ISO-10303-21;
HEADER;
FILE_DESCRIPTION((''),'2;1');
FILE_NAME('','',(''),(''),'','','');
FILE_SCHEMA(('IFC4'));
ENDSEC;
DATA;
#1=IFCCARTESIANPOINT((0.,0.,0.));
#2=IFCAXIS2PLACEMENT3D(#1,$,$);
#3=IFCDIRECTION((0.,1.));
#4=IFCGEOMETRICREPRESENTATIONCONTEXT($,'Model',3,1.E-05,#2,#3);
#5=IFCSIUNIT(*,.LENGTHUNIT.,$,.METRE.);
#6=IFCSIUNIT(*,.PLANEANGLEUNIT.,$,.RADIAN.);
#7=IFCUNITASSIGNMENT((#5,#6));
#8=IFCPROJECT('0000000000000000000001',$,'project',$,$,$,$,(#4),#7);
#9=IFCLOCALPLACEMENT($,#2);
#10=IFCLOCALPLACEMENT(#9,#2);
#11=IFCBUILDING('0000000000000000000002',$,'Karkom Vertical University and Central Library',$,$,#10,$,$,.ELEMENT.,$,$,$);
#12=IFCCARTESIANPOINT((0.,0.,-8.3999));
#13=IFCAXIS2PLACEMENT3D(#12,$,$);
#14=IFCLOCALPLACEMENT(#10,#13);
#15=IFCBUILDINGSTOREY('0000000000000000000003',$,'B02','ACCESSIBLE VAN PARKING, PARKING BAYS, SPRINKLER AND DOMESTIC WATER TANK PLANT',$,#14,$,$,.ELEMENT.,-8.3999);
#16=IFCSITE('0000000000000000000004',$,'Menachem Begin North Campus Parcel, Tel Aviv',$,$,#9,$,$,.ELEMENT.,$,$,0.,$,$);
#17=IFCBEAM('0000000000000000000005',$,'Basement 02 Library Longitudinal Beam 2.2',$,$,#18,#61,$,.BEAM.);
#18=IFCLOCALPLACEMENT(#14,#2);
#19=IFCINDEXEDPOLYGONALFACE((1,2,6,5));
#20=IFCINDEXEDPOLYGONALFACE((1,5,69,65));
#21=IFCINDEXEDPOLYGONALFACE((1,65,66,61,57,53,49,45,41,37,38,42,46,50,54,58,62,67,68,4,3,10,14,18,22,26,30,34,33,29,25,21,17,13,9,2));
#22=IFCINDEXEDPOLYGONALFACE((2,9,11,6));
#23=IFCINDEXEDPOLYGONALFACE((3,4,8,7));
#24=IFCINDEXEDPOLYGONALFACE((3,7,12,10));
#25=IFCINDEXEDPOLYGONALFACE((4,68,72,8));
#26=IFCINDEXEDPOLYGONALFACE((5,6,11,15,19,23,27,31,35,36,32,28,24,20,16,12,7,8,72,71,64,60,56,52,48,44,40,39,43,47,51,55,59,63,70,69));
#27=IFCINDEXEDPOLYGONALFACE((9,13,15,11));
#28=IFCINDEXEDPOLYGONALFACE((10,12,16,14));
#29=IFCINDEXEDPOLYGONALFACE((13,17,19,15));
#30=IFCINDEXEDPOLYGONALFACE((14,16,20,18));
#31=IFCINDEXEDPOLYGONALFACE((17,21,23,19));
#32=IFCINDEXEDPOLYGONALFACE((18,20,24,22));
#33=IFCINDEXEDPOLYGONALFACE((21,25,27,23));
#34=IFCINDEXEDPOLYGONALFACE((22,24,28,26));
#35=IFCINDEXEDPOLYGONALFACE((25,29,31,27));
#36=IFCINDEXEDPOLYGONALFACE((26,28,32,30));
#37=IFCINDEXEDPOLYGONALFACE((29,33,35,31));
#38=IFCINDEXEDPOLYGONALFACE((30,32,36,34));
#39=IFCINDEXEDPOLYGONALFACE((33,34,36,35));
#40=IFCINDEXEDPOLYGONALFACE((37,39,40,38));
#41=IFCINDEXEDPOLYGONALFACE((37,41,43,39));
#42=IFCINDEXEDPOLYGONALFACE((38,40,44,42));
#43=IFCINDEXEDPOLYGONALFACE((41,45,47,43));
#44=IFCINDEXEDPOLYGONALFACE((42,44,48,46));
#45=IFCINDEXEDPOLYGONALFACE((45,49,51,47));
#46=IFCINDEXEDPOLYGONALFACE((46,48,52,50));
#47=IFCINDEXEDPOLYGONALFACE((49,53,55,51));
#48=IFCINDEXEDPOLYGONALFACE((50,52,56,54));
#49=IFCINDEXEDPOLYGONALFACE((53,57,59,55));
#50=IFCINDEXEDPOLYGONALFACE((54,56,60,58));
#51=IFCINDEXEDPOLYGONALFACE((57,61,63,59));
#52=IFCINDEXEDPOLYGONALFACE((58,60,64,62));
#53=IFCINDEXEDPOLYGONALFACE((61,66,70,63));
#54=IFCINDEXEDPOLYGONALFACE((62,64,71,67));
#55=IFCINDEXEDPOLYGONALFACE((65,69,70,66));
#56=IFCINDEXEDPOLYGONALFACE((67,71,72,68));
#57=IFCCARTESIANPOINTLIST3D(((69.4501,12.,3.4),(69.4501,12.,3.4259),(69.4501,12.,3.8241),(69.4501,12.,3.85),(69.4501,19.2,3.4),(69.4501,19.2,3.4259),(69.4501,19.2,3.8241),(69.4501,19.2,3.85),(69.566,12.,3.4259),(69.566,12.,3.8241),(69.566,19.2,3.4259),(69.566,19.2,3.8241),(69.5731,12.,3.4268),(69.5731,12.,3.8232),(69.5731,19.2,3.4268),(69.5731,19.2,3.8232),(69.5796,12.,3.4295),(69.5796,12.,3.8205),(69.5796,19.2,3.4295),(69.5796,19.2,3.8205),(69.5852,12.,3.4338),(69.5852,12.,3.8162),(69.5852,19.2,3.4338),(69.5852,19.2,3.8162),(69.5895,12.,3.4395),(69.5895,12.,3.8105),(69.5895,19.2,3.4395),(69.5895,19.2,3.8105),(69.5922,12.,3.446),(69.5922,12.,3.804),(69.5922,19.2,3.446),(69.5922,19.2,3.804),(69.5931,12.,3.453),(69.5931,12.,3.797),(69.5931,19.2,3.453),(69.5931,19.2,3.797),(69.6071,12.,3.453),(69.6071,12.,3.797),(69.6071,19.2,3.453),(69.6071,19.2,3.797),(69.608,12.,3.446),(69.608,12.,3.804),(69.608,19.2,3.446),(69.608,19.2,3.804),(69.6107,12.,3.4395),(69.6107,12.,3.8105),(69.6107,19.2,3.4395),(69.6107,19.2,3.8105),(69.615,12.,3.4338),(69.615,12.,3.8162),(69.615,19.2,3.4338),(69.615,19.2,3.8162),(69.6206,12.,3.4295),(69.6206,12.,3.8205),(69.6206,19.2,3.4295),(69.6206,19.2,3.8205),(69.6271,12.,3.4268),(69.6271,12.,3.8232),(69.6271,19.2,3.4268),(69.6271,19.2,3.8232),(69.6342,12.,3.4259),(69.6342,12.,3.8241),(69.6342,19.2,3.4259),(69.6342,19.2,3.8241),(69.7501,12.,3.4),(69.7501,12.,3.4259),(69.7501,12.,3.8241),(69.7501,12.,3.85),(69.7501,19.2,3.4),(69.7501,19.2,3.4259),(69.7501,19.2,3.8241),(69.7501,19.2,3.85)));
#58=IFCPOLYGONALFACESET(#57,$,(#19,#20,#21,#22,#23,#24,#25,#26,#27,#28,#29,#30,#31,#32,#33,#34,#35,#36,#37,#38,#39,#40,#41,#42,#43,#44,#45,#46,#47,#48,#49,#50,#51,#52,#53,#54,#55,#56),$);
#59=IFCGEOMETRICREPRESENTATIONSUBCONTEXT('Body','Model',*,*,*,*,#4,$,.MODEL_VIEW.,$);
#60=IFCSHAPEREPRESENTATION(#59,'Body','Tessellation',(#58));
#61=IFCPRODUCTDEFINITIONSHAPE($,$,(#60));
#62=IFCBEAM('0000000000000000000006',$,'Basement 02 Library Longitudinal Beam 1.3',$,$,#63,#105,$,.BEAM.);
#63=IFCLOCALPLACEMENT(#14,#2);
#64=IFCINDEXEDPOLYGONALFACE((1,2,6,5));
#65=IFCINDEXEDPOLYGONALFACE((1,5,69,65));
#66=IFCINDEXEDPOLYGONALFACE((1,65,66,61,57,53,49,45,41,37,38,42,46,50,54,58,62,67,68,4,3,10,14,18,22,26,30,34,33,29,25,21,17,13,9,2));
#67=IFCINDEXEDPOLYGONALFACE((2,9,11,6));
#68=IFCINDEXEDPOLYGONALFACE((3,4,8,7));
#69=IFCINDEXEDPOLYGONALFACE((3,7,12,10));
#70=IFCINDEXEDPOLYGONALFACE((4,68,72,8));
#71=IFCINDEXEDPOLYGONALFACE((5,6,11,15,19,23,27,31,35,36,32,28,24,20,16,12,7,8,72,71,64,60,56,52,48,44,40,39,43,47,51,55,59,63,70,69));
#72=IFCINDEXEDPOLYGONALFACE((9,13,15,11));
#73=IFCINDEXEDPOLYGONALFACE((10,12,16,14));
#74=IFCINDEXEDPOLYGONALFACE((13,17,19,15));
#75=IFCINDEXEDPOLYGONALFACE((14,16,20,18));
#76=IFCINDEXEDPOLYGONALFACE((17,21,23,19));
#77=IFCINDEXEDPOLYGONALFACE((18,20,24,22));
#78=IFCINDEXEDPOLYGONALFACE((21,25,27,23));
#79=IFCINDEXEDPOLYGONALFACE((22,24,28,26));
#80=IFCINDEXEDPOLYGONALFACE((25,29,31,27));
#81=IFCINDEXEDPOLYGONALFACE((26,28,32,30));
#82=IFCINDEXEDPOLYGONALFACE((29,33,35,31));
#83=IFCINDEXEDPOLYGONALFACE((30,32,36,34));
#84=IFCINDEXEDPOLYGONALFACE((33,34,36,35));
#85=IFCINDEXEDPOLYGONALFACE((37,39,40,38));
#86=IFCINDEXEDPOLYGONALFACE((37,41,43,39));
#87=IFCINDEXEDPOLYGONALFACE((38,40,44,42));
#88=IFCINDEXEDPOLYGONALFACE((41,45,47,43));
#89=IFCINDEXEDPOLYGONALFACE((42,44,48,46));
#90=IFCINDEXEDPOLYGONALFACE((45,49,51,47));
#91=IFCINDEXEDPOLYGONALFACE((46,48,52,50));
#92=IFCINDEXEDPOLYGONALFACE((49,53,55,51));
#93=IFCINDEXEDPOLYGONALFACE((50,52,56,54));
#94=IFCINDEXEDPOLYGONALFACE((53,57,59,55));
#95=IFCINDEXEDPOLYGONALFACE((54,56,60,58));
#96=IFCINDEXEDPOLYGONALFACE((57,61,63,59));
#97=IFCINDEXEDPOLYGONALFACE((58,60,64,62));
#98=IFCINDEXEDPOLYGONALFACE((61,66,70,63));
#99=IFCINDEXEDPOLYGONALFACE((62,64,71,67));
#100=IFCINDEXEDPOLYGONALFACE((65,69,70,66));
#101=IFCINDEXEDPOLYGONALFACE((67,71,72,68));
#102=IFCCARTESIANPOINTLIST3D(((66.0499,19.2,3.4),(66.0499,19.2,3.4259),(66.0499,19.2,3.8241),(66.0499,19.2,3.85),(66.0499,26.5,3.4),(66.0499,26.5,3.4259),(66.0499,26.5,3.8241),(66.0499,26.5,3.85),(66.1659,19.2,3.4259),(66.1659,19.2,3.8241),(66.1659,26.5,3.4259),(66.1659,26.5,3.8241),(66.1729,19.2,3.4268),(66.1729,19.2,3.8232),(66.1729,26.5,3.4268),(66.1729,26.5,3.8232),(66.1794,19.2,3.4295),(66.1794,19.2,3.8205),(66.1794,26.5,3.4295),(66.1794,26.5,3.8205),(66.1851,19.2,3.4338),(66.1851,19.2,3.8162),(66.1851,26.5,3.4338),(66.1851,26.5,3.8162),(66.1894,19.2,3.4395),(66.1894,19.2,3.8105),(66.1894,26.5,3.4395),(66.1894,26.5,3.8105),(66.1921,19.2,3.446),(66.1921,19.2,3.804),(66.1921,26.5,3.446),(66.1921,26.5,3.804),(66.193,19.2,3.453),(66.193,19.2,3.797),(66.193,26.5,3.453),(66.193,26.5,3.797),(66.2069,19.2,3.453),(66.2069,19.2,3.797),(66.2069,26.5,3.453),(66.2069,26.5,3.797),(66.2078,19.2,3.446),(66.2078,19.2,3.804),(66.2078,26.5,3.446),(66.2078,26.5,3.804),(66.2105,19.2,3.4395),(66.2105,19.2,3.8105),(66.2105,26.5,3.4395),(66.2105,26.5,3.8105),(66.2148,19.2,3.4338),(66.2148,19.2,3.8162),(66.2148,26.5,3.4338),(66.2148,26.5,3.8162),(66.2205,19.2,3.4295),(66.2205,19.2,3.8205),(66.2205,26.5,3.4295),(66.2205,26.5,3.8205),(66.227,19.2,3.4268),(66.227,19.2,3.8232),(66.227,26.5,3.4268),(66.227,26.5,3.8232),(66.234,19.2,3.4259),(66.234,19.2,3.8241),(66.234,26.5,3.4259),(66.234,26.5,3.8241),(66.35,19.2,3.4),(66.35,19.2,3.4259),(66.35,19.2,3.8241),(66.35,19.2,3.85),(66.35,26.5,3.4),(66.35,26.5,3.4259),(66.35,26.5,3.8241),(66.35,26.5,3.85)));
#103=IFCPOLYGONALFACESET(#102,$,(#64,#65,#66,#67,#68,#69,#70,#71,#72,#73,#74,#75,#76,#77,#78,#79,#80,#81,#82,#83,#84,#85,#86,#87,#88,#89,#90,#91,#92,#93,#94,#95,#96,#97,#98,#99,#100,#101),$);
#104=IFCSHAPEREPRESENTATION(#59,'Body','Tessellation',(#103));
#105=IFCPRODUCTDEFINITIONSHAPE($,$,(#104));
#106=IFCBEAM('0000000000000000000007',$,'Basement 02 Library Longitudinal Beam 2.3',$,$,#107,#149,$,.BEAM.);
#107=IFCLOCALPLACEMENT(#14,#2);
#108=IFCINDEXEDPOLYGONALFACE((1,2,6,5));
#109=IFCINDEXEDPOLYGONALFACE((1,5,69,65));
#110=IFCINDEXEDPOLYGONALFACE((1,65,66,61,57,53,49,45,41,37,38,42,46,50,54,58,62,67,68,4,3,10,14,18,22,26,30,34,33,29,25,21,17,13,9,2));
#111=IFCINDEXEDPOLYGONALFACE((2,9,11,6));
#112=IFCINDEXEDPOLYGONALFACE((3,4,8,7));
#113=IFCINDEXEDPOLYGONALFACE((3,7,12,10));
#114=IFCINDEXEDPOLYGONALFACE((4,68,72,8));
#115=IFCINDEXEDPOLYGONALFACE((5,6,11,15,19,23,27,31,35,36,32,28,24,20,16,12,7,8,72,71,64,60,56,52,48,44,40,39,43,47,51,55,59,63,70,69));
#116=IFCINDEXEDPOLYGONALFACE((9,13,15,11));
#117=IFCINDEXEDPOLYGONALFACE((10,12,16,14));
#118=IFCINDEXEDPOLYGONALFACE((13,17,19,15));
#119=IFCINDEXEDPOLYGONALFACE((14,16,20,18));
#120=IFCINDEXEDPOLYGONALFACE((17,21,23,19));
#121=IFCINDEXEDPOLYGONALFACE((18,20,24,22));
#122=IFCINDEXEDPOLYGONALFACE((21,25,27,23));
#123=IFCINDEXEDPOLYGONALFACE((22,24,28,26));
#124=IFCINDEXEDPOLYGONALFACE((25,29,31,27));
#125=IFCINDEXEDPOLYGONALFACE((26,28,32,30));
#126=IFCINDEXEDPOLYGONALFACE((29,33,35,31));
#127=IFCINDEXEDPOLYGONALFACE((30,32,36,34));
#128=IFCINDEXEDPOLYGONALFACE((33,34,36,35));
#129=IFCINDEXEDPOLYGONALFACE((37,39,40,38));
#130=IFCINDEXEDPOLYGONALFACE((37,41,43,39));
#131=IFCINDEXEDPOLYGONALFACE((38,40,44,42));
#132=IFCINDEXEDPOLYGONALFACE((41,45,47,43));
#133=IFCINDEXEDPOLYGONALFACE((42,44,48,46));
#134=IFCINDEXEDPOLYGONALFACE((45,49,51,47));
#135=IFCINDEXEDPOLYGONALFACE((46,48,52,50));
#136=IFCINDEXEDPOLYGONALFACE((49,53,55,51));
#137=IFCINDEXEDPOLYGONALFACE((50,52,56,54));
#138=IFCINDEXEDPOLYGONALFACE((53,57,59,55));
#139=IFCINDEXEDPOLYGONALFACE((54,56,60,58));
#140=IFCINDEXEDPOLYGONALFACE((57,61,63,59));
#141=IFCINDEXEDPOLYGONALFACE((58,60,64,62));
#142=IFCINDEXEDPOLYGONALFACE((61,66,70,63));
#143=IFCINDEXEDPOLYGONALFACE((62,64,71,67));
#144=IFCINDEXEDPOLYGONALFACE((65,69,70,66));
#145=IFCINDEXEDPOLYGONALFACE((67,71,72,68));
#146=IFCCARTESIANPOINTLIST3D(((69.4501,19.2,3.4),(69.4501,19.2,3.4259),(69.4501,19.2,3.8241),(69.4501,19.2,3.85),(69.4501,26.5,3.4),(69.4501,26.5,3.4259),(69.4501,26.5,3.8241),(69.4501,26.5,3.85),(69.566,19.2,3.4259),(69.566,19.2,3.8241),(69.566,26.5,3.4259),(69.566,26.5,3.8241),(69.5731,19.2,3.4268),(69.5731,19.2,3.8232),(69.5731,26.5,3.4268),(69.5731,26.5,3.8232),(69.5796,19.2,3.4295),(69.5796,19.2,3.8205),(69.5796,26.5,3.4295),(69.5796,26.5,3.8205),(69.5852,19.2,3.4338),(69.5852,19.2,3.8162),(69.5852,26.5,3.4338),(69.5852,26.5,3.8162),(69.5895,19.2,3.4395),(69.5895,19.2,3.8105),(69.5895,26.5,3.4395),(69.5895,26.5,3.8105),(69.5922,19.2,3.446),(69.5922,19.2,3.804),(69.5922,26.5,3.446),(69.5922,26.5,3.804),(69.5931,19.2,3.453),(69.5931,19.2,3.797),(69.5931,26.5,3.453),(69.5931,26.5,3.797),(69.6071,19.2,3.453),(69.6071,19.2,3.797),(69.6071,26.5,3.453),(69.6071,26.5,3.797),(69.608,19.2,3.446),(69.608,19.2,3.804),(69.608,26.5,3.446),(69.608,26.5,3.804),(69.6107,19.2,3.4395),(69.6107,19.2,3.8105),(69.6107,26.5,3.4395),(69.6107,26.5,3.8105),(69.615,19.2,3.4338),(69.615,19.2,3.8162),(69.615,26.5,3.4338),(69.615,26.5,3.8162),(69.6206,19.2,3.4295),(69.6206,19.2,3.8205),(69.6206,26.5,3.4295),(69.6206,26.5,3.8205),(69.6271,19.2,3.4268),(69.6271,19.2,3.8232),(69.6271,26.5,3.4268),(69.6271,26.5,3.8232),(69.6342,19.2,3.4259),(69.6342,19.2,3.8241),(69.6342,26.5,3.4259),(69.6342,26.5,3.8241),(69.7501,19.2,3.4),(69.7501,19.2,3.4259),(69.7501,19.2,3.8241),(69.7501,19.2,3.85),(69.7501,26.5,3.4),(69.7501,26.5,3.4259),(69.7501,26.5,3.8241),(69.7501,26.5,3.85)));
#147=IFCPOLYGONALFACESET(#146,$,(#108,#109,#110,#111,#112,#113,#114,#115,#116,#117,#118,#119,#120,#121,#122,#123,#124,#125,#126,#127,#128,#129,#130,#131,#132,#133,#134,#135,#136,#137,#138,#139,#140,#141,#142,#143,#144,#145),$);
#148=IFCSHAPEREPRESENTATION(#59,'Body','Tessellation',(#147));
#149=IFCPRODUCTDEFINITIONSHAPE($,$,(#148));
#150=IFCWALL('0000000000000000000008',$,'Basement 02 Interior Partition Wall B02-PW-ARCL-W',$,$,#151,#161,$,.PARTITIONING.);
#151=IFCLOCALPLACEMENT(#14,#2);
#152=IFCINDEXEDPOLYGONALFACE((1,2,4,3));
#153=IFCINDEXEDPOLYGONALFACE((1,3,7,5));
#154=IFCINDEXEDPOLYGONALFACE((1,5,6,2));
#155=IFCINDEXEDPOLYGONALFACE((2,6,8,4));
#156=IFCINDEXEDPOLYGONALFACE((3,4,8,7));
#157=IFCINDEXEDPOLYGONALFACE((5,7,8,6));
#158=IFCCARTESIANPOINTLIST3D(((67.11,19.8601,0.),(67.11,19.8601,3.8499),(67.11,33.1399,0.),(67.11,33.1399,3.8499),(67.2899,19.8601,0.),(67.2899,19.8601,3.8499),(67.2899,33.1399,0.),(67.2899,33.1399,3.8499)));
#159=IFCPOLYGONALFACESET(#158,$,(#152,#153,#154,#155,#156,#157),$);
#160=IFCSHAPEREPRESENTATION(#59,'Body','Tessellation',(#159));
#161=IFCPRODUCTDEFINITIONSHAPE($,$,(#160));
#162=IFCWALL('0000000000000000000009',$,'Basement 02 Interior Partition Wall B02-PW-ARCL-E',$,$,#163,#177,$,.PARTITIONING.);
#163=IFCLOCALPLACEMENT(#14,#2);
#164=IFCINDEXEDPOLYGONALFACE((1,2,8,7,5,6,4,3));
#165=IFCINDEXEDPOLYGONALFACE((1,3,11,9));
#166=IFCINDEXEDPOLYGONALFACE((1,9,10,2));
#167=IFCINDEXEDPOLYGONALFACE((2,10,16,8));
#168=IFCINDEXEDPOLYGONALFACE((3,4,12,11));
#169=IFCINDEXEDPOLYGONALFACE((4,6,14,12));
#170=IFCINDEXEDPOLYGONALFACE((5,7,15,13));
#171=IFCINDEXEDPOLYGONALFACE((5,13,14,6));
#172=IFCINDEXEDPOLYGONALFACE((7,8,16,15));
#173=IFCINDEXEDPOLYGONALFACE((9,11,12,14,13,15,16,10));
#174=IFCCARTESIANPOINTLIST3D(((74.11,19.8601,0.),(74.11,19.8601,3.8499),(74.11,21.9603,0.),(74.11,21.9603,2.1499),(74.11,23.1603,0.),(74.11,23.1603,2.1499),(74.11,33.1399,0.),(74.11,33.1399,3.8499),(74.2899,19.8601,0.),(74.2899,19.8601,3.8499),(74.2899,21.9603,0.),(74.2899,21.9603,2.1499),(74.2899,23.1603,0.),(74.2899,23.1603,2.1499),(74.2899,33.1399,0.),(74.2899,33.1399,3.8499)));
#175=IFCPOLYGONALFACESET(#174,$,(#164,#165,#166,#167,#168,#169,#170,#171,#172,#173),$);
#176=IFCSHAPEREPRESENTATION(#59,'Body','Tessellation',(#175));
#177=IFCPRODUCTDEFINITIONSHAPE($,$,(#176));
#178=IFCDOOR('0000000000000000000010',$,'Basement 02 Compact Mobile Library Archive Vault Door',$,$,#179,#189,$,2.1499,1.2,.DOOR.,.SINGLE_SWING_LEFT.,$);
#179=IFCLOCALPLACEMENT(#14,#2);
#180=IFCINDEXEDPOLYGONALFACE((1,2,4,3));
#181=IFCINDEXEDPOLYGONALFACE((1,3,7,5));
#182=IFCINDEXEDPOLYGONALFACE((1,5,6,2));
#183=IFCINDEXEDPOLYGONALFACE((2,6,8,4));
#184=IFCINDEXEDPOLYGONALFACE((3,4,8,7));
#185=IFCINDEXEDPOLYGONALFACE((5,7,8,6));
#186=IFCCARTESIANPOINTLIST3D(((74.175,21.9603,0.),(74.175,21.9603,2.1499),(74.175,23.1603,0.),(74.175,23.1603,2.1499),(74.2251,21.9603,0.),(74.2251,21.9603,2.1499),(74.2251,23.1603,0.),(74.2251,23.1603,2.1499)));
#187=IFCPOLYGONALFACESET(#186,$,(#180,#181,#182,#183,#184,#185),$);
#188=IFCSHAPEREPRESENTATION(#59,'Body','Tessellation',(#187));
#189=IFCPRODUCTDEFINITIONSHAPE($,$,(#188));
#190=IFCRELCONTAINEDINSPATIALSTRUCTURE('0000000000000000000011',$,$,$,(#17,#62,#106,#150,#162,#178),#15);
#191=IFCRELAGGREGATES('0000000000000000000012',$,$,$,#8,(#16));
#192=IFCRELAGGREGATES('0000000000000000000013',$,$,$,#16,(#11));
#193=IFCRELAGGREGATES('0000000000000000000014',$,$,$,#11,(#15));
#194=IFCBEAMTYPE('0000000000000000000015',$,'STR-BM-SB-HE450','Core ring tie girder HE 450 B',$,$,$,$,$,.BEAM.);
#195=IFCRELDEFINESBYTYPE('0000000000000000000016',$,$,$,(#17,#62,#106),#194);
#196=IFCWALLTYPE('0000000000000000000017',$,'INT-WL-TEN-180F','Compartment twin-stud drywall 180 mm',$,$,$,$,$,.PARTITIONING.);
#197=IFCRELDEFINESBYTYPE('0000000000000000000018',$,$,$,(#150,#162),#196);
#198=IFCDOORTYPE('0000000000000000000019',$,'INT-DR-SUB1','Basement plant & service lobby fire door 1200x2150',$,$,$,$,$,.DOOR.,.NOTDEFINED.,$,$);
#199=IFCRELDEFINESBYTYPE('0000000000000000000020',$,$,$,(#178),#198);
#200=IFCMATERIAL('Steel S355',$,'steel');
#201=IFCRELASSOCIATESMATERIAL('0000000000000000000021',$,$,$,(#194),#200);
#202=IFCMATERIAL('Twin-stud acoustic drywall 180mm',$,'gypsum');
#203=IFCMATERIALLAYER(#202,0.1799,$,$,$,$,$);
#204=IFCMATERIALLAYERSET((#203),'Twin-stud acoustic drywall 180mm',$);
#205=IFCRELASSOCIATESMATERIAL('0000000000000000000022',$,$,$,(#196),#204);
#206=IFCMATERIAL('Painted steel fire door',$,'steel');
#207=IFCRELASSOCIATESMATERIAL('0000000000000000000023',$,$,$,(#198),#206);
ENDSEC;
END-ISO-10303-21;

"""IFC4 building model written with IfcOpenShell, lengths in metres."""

from ifc_helpers import new_model, si_unit, direction, frame, frame_2d, origin, origin_with_axes, origin_2d, place, context, subcontext, project, spatial, rectangle, i_section, extrude, source, transform, mapped, material, layer, layer_set, material_profile, profile_set, type_object, element, fill, save


model = new_model("IFC4")

# Units and contexts
model_context = context("Model", 3, precision=1e-05, world=origin(), true_north=direction((0.0, 1.0)))
body_context = subcontext(model_context, "Body", "Model", "MODEL_VIEW")
ifc_project = project(units=[si_unit("LENGTHUNIT", "METRE"), si_unit("PLANEANGLEUNIT", "RADIAN")], contexts=[model_context])

# Site, building, storey
site_placement = place(None, origin())
site = spatial("IfcSite", under=ifc_project, at=site_placement, Name="Menachem Begin North Campus Parcel, Tel Aviv", CompositionType="ELEMENT", RefElevation=0.0)
building_placement = place(site_placement, origin())
building = spatial("IfcBuilding", under=site, at=building_placement, Name="Karkom Vertical University and Central Library", CompositionType="ELEMENT")
storey_placement = place(building_placement, frame((0.0, 0.0, -8.3999)))
storey = spatial("IfcBuildingStorey", under=building, at=storey_placement, Name="B02", Description="ACCESSIBLE VAN PARKING, PARKING BAYS, SPRINKLER AND DOMESTIC WATER TANK PLANT", CompositionType="ELEMENT", Elevation=-8.3999)

# Beams
ifc_material_1 = material(Name="Steel S355", Category="steel")
ifc_material_profile_1 = material_profile(ifc_material_1, i_section(OverallWidth=0.3, OverallDepth=0.45, WebThickness=0.0139, FlangeThickness=0.0259, FilletRadius=0.0271, at=origin_2d()), Name="HE 450 B")
ifc_profile_set_1 = profile_set([ifc_material_profile_1], Name="Steel S355")
beam_type_1 = type_object("IfcBeamType", Name="STR-BM-SB-HE450", Description="Core ring tie girder HE 450 B", PredefinedType="BEAM", material=ifc_profile_set_1)
shared_shape_1 = source(origin_with_axes(), body_context, "Body", "SweptSolid", [
    extrude(i_section(OverallWidth=0.3, OverallDepth=0.45, WebThickness=0.0139, FlangeThickness=0.0259, FilletRadius=0.0271, at=origin_2d()), origin(), (0.0, 0.0, 1.0), 7.2),
])
for number, where, z_axis, x_axis, name in (
    (1, (69.6001, 12.0, 3.625), (0.0, 1.0, 0.0), (-1.0, 0.0, 0.0), "Basement 02 Library Longitudinal Beam 2.2"),
):
    element("IfcBeam", number, at=place(storey_placement, frame(where, z_axis=z_axis, x_axis=x_axis)), inside=storey, type_object=beam_type_1, Name=name, PredefinedType="BEAM", context=body_context, shape_type="MappedRepresentation", body=[
        mapped(shared_shape_1, transform((0.0, 0.0, 0.0), scale=1.0)),
    ])
shared_shape_2 = source(origin_with_axes(), body_context, "Body", "SweptSolid", [
    extrude(i_section(OverallWidth=0.3, OverallDepth=0.45, WebThickness=0.0139, FlangeThickness=0.0259, FilletRadius=0.0271, at=origin_2d()), origin(), (0.0, 0.0, 1.0), 7.3),
])
for number, where, z_axis, x_axis, name in (
    (2, (66.2, 19.2, 3.625), (0.0, 1.0, 0.0), (-1.0, 0.0, 0.0), "Basement 02 Library Longitudinal Beam 1.3"),
    (3, (69.6001, 19.2, 3.625), (0.0, 1.0, 0.0), (-1.0, 0.0, 0.0), "Basement 02 Library Longitudinal Beam 2.3"),
):
    element("IfcBeam", number, at=place(storey_placement, frame(where, z_axis=z_axis, x_axis=x_axis)), inside=storey, type_object=beam_type_1, Name=name, PredefinedType="BEAM", context=body_context, shape_type="MappedRepresentation", body=[
        mapped(shared_shape_2, transform((0.0, 0.0, 0.0), scale=1.0)),
    ])

# Wall
ifc_material_2 = material(Name="Twin-stud acoustic drywall 180mm", Category="gypsum")
ifc_layer = layer(ifc_material_2, 0.1799)
ifc_layer_set = layer_set([ifc_layer], Name="Twin-stud acoustic drywall 180mm")
wall_type = type_object("IfcWallType", Name="INT-WL-TEN-180F", Description="Compartment twin-stud drywall 180 mm", PredefinedType="PARTITIONING", material=ifc_layer_set)
wall_1_placement = place(storey_placement, frame((67.2, 19.8601, 0.0), z_axis=(0.0, 0.0, 1.0), x_axis=(0.0, 1.0, 0.0)))
element("IfcWall", 4, at=wall_1_placement, inside=storey, type_object=wall_type, Name="Basement 02 Interior Partition Wall B02-PW-ARCL-W", PredefinedType="PARTITIONING", context=body_context, shape_type="SweptSolid", body=[
    extrude(rectangle(XDim=13.2798, YDim=0.1799, at=frame_2d((6.6399, 0.0))), origin(), (0.0, 0.0, 1.0), 3.8499),
])

# Wall, opening, door
wall_2_placement = place(storey_placement, frame((74.2, 19.8601, 0.0), z_axis=(0.0, 0.0, 1.0), x_axis=(0.0, 1.0, 0.0)))
wall_2 = element("IfcWall", 5, at=wall_2_placement, inside=storey, type_object=wall_type, Name="Basement 02 Interior Partition Wall B02-PW-ARCL-E", PredefinedType="PARTITIONING", context=body_context, shape_type="SweptSolid", body=[
    extrude(rectangle(XDim=13.2798, YDim=0.1799, at=frame_2d((6.6399, 0.0))), origin(), (0.0, 0.0, 1.0), 3.8499),
])
opening_placement = place(wall_2_placement, frame((2.1001, 0.0, 0.0)))
opening = element("IfcOpeningElement", 6, at=opening_placement, cuts=wall_2, PredefinedType="OPENING", context=body_context, shape_type="SweptSolid", body=[
    extrude(rectangle(XDim=1.2, YDim=2.1499, at=frame_2d((0.6001, 1.075))), frame((0.0, 0.1001, 0.0), z_axis=(0.0, -1.0, 0.0), x_axis=(1.0, 0.0, 0.0)), (0.0, 0.0, 1.0), 0.2),
])
ifc_material_3 = material(Name="Painted steel fire door", Category="steel")
door_type = type_object("IfcDoorType", Name="INT-DR-SUB1", Description="Basement plant & service lobby fire door 1200x2150", OperationType="NOTDEFINED", PredefinedType="DOOR", material=ifc_material_3)
shared_shape_3 = source(origin_with_axes(), body_context, "Body", "SweptSolid", [
    extrude(rectangle(XDim=1.2, YDim=2.1499, at=frame_2d((0.6001, 1.075))), frame((0.0, 0.0249, 0.0), z_axis=(0.0, -1.0, 0.0), x_axis=(1.0, 0.0, 0.0)), (0.0, 0.0, 1.0), 0.05),
])
door_placement = place(opening_placement, origin())
door = element("IfcDoor", 7, at=door_placement, inside=storey, type_object=door_type, Name="Basement 02 Compact Mobile Library Archive Vault Door", OperationType="SINGLE_SWING_LEFT", OverallHeight=2.1499, OverallWidth=1.2, PredefinedType="DOOR", context=body_context, shape_type="MappedRepresentation", body=[
    mapped(shared_shape_3, transform((0.0, 0.0, 0.0), scale=1.0)),
])
fill(opening, door)

save(model, "model.ifc")
